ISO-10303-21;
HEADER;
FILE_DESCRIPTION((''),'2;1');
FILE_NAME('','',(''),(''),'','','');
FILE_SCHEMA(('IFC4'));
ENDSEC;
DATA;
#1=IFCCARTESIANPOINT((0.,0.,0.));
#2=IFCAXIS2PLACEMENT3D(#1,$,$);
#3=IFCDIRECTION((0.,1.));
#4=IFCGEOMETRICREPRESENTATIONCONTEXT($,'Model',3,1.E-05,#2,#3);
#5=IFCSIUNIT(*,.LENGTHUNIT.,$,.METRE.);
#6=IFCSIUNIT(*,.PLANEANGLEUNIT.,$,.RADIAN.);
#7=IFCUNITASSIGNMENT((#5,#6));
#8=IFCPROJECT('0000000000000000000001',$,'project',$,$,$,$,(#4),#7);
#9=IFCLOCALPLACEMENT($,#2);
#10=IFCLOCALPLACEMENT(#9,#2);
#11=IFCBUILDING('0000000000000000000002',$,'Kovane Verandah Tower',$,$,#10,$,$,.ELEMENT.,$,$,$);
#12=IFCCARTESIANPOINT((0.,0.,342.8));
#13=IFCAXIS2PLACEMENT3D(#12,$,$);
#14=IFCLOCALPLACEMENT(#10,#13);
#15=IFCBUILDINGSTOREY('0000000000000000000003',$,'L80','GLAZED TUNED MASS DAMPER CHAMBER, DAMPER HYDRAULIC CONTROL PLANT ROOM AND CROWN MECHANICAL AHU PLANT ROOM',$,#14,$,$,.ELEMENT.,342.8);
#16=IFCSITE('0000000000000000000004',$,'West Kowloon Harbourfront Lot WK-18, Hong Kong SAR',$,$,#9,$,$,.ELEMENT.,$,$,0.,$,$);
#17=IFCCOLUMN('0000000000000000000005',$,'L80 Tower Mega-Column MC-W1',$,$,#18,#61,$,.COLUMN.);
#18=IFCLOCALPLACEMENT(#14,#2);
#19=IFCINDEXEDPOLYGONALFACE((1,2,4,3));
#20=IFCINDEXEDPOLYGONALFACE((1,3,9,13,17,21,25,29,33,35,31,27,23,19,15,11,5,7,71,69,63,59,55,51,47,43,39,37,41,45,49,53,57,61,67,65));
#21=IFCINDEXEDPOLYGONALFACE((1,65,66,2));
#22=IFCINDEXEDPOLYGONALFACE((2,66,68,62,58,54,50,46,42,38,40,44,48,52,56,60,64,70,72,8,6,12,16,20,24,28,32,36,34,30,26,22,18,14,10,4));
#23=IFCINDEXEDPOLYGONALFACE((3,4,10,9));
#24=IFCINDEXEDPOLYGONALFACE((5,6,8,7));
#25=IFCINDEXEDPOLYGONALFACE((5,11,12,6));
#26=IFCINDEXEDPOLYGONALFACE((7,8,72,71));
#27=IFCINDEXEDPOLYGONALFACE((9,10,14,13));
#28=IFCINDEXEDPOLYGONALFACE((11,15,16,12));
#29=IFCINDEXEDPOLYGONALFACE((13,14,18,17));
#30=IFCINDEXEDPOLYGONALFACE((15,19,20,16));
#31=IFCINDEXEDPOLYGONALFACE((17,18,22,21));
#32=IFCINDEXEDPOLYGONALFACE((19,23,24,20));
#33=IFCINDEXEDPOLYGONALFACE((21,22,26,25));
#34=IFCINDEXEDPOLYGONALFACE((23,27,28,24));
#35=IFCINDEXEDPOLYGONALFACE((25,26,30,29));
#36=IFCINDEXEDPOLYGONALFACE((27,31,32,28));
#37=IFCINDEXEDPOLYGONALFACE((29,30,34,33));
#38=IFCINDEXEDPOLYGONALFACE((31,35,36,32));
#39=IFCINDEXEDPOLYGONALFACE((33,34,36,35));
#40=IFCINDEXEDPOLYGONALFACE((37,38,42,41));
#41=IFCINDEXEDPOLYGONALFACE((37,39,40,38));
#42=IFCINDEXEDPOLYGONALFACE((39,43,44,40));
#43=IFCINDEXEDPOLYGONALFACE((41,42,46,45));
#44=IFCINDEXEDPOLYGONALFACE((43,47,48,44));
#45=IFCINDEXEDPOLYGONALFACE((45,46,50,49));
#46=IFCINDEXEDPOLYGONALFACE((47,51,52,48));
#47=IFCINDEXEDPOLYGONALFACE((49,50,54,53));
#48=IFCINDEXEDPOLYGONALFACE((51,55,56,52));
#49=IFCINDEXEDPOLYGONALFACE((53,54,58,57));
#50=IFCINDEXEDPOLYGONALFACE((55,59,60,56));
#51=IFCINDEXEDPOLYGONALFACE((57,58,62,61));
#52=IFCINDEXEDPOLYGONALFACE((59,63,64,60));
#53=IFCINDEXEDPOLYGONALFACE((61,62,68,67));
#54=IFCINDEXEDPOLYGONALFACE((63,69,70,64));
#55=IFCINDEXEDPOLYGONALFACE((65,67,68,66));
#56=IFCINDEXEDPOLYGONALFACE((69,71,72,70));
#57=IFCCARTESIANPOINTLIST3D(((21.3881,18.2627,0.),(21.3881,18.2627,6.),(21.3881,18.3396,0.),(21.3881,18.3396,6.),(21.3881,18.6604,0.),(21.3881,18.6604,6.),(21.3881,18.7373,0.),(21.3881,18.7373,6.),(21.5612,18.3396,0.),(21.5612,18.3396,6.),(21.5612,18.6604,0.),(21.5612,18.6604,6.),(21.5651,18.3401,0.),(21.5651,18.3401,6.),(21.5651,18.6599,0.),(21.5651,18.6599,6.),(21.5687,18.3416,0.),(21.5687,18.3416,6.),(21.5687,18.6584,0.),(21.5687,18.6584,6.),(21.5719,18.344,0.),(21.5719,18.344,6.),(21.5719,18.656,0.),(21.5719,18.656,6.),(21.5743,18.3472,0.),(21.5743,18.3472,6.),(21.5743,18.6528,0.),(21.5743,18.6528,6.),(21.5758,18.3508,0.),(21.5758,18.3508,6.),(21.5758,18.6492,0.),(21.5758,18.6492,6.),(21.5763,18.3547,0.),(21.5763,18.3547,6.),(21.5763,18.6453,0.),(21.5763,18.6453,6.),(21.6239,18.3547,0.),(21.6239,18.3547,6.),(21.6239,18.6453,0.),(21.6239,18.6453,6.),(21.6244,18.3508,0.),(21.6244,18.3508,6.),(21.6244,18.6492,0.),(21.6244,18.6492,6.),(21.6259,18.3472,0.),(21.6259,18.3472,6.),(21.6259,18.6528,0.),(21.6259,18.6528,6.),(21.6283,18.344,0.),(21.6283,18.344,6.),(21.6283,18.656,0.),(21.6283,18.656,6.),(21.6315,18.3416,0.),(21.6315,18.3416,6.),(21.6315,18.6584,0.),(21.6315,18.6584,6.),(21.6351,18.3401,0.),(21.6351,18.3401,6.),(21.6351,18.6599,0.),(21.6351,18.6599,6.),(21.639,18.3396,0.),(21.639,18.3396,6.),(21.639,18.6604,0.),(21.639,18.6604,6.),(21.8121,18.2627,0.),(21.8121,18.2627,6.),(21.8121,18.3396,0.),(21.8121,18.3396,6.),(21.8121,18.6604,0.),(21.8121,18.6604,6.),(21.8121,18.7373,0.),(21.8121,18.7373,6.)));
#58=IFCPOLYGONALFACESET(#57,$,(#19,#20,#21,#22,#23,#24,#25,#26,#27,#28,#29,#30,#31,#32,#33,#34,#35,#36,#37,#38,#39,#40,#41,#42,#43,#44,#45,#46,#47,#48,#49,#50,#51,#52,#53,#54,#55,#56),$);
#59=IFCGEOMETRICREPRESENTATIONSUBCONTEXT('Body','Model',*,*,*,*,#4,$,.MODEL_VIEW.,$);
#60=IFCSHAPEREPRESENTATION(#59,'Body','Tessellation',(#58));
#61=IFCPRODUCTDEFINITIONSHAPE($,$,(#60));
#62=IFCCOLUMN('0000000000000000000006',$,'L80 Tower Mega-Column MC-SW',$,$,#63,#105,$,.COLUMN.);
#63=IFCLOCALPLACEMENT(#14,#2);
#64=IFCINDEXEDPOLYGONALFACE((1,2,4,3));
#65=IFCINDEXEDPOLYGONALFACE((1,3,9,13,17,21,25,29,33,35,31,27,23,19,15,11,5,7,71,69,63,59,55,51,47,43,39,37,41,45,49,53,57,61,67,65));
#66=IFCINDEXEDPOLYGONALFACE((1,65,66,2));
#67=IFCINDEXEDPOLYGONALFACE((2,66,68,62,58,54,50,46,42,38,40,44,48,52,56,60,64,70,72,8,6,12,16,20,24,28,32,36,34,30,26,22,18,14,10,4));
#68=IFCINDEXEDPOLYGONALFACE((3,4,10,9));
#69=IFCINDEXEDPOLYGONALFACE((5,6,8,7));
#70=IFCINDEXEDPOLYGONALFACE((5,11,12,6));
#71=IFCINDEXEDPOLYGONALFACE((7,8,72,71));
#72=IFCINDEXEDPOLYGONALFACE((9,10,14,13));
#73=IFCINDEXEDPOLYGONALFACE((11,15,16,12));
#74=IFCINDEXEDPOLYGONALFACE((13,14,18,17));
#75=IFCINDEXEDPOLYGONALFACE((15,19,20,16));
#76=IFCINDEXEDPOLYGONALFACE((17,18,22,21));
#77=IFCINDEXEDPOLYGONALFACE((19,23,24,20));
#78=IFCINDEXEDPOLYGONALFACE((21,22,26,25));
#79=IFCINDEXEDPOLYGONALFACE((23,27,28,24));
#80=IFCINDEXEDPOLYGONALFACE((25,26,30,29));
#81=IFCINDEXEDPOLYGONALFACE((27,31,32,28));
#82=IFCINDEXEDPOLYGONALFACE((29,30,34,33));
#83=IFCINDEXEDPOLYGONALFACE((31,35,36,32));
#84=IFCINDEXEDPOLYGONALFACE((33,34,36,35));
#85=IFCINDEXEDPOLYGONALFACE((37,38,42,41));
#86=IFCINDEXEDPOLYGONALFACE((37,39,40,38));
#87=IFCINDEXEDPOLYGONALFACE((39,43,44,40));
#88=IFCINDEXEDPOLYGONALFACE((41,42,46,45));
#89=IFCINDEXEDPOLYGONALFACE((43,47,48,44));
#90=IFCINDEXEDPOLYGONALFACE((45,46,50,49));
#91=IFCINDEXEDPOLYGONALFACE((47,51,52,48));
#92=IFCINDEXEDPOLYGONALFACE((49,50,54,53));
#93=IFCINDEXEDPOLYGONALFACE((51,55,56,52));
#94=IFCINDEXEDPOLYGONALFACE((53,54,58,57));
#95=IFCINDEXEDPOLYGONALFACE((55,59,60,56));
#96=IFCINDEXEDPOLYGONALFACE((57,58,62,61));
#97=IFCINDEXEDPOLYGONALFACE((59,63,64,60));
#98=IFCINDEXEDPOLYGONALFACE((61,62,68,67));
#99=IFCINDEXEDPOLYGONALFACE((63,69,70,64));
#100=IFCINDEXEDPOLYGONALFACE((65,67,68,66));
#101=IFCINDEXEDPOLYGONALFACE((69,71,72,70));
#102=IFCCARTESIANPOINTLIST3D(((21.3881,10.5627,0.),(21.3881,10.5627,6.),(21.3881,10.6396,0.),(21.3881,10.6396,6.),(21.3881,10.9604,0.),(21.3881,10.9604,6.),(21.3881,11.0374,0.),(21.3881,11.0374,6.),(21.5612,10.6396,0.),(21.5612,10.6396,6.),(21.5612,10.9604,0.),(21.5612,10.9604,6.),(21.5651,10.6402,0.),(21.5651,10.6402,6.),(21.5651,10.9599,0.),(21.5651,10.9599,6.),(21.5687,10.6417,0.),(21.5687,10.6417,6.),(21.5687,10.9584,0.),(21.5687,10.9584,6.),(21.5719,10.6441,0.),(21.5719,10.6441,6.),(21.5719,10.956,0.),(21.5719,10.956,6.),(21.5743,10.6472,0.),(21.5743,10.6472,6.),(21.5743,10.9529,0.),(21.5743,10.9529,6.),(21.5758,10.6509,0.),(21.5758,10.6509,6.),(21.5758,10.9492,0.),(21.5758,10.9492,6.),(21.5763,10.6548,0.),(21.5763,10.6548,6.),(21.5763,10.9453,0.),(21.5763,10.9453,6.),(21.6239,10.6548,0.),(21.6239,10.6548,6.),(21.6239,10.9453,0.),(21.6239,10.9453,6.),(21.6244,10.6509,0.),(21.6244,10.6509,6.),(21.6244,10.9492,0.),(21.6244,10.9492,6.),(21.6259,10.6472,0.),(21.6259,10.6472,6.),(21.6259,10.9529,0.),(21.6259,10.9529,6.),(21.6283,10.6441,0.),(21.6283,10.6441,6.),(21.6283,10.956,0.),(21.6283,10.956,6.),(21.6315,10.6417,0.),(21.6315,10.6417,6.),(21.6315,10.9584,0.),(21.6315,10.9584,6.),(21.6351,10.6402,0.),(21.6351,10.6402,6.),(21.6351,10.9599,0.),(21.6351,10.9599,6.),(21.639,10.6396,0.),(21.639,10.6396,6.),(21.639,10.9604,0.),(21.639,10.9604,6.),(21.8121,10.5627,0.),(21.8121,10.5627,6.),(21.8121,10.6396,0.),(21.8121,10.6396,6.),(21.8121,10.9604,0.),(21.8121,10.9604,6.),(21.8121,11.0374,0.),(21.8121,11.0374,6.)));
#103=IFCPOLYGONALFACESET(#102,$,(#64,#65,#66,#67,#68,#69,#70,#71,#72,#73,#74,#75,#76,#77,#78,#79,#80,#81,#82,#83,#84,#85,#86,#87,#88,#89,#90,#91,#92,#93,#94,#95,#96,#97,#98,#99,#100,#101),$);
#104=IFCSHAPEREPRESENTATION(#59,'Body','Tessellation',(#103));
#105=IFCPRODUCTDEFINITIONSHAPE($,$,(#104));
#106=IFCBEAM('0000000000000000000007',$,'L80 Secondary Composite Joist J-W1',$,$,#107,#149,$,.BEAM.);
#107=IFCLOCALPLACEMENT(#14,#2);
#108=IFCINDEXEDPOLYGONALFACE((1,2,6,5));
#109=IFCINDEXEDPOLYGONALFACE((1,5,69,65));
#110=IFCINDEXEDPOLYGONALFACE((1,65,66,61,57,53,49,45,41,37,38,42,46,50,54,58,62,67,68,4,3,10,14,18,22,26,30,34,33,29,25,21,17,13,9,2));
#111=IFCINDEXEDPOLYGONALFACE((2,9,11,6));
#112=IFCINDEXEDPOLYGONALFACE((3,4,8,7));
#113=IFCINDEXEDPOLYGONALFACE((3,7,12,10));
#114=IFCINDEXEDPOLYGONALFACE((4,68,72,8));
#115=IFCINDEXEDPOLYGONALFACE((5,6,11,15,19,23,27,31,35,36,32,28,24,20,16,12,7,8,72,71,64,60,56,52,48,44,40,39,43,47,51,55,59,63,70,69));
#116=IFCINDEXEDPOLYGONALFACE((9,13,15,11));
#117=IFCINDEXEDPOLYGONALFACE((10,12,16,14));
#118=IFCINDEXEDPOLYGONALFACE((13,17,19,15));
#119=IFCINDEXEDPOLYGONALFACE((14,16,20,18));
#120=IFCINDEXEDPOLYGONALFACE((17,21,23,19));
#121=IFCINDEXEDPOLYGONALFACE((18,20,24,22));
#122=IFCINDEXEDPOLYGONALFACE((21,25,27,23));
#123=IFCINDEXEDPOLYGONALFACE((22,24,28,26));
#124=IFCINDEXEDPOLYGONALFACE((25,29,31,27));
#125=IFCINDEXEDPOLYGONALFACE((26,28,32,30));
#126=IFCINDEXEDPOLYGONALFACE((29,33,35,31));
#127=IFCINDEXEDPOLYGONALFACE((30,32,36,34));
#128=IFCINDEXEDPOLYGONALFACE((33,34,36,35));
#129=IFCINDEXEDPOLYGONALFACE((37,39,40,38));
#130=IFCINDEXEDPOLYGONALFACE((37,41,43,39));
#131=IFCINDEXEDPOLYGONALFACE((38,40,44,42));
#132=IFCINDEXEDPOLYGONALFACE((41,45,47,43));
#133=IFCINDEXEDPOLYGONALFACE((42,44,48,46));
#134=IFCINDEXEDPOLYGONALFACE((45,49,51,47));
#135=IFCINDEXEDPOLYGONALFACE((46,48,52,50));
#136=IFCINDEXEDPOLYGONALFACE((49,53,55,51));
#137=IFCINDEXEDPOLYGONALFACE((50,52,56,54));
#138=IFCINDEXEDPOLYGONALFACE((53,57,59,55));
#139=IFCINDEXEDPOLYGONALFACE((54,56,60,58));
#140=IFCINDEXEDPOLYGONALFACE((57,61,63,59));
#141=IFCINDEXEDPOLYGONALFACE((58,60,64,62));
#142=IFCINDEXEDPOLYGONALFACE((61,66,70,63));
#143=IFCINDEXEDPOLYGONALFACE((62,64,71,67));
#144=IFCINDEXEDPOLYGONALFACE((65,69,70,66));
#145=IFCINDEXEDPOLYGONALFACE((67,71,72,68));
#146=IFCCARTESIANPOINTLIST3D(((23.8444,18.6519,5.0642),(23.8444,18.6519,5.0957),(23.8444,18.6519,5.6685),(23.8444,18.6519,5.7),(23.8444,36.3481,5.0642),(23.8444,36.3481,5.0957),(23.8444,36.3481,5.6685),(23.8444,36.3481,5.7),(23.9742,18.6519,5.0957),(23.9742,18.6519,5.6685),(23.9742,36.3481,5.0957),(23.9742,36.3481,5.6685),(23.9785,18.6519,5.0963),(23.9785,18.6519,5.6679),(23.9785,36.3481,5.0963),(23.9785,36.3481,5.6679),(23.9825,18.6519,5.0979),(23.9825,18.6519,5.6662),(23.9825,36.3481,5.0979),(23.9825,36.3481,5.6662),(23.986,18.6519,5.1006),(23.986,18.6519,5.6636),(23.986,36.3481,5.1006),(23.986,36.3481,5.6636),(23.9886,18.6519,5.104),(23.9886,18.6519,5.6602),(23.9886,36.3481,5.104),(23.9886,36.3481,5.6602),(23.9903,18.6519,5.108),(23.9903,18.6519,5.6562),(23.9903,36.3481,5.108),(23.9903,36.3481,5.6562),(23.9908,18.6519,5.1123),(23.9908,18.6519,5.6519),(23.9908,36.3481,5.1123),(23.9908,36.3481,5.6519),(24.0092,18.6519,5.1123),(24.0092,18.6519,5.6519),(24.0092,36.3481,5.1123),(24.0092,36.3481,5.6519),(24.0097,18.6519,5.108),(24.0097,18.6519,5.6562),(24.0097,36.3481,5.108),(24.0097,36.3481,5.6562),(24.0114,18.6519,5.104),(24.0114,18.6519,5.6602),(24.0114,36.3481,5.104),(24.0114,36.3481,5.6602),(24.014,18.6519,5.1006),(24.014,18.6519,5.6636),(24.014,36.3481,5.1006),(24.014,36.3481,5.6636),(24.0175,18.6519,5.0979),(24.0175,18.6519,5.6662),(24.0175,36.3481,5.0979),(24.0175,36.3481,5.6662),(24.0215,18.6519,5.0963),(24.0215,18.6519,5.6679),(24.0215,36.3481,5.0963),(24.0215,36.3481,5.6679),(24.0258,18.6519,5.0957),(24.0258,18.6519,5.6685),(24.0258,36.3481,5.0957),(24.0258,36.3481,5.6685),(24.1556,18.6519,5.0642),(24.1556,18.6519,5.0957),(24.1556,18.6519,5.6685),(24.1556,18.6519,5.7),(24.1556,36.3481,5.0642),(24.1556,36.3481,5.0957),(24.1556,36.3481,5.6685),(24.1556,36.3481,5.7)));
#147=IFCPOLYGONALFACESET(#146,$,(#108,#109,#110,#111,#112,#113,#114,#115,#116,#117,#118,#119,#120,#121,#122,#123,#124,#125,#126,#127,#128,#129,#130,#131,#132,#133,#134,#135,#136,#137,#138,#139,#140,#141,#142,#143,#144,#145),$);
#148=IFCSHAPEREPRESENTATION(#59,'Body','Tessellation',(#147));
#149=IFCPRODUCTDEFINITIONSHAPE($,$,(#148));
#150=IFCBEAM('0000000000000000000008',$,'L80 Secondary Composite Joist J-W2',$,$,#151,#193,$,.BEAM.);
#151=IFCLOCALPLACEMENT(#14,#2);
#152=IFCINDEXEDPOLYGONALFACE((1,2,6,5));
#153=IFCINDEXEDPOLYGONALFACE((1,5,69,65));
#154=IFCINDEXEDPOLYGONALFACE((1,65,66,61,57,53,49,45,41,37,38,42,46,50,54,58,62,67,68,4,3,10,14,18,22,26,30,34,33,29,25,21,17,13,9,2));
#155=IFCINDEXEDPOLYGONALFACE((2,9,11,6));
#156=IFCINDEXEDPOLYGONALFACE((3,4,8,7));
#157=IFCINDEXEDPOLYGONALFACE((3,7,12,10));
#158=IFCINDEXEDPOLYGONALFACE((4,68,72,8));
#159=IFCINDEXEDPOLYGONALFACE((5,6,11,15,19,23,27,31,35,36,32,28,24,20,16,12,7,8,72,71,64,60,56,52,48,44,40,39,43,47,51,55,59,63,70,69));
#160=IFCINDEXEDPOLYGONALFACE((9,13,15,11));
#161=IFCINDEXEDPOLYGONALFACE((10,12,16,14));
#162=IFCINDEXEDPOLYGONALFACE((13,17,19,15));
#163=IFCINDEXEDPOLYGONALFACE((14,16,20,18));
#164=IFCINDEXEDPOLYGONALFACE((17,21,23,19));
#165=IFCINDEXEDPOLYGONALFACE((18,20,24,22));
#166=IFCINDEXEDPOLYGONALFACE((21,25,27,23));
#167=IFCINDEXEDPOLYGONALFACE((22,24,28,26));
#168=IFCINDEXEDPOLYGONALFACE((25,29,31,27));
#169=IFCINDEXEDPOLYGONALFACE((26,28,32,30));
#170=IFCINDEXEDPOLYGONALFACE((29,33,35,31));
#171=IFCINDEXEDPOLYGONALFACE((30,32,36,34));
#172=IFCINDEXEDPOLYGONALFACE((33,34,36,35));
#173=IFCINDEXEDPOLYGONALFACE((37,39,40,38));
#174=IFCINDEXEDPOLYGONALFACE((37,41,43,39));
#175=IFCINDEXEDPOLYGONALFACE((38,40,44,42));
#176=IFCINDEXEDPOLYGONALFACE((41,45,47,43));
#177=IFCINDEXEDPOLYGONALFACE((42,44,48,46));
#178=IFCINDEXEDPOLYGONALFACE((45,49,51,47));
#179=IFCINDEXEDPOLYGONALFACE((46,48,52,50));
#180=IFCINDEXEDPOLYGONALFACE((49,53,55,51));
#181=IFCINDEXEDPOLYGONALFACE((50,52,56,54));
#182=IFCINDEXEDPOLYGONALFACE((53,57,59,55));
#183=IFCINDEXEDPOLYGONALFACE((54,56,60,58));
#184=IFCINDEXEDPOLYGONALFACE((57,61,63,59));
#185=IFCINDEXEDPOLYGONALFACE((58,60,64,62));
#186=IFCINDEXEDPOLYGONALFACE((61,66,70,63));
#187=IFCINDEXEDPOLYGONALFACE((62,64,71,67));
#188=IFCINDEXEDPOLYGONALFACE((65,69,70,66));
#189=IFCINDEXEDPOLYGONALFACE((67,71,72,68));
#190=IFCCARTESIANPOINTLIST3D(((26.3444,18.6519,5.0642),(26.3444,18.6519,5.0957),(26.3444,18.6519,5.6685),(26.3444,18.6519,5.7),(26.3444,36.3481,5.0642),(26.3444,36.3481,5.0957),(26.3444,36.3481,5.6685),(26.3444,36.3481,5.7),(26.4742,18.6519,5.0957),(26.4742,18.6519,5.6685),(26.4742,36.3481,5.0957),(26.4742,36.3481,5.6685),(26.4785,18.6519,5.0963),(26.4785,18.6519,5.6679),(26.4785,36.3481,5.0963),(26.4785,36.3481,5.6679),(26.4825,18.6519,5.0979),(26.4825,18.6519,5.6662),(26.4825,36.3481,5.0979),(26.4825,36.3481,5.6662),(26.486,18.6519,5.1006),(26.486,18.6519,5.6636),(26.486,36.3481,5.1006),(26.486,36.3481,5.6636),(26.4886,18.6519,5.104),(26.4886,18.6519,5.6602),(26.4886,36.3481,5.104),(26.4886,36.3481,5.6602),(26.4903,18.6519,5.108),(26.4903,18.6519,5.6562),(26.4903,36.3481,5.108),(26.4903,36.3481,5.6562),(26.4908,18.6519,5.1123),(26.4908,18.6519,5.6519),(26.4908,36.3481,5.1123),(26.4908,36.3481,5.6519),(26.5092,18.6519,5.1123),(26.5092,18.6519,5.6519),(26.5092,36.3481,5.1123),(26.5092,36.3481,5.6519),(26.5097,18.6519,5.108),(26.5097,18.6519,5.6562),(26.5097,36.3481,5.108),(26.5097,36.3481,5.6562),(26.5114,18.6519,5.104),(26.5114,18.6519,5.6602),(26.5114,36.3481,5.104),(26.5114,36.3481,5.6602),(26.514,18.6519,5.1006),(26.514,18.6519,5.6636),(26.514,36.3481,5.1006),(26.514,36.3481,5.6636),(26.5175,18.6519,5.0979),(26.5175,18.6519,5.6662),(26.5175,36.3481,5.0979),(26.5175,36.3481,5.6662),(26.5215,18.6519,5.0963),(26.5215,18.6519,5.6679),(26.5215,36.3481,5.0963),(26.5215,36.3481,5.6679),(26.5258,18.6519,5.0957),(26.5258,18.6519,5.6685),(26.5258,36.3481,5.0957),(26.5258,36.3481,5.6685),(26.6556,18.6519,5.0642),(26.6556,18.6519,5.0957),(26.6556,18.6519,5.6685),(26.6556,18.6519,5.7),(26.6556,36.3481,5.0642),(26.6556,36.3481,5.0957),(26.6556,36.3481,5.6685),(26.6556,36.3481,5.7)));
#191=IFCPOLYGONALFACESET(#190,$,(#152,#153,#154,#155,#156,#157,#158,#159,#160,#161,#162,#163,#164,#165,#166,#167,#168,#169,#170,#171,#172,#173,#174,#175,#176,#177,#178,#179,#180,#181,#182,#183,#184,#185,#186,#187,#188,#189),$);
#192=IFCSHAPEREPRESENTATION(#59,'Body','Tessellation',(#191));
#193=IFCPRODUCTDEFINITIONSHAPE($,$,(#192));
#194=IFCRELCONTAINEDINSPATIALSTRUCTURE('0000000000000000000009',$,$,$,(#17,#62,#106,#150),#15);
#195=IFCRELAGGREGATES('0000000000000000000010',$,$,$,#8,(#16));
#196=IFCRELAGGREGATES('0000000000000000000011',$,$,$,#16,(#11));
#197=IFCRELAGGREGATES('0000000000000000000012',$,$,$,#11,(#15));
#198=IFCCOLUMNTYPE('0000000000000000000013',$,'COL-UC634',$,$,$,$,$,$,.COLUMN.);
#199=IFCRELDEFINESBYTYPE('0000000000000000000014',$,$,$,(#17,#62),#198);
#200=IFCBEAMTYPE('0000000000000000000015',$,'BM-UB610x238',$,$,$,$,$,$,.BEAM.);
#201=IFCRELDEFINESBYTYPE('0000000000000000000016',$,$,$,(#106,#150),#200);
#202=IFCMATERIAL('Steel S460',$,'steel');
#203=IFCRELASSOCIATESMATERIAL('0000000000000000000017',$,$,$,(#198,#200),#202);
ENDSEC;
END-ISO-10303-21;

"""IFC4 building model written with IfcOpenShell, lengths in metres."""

from ifc_helpers import new_model, si_unit, direction, frame, origin, origin_2d, place, context, subcontext, project, spatial, i_section, extrude, material, material_profile, profile_set, type_object, element, save


model = new_model("IFC4")

# Units and contexts
model_context = context("Model", 3, precision=1e-05, world=origin(), true_north=direction((0.0, 1.0)))
body_context = subcontext(model_context, "Body", "Model", "MODEL_VIEW")
ifc_project = project(units=[si_unit("LENGTHUNIT", "METRE"), si_unit("PLANEANGLEUNIT", "RADIAN")], contexts=[model_context])

# Site, building, storey
site_placement = place(None, origin())
site = spatial("IfcSite", under=ifc_project, at=site_placement, Name="West Kowloon Harbourfront Lot WK-18, Hong Kong SAR", CompositionType="ELEMENT", RefElevation=0.0)
building_placement = place(site_placement, origin())
building = spatial("IfcBuilding", under=site, at=building_placement, Name="Kovane Verandah Tower", CompositionType="ELEMENT")
storey_placement = place(building_placement, frame((0.0, 0.0, 342.8)))
storey = spatial("IfcBuildingStorey", under=building, at=storey_placement, Name="L80", Description="GLAZED TUNED MASS DAMPER CHAMBER, DAMPER HYDRAULIC CONTROL PLANT ROOM AND CROWN MECHANICAL AHU PLANT ROOM", CompositionType="ELEMENT", Elevation=342.8)

# Columns
ifc_material_1 = material(Name="Steel S460", Category="steel")
ifc_material_profile_1 = material_profile(ifc_material_1, i_section(OverallWidth=0.4241, OverallDepth=0.4746, WebThickness=0.0476, FlangeThickness=0.0769, FilletRadius=0.0151, at=origin_2d()), Name="UC356x406x634")
ifc_profile_set_1 = profile_set([ifc_material_profile_1], Name="Steel S460")
column_type = type_object("IfcColumnType", Name="COL-UC634", PredefinedType="COLUMN", material=ifc_profile_set_1)
for number, where, z_axis, x_axis, name in (
    (1, (21.6001, 18.5, 0.0), (0.0, 0.0, 1.0), (1.0, 0.0, 0.0), "L80 Tower Mega-Column MC-W1"),
    (2, (21.6001, 10.8, 0.0), (0.0, 0.0, 1.0), (1.0, 0.0, 0.0), "L80 Tower Mega-Column MC-SW"),
):
    element("IfcColumn", number, at=place(storey_placement, frame(where, z_axis=z_axis, x_axis=x_axis)), inside=storey, type_object=column_type, Name=name, PredefinedType="COLUMN", context=body_context, shape_type="SweptSolid", body=[
        extrude(i_section(OverallWidth=0.4241, OverallDepth=0.4746, WebThickness=0.0476, FlangeThickness=0.0769, FilletRadius=0.0151, at=origin_2d()), origin(), (0.0, 0.0, 1.0), 6.0),
    ])

# Beams
ifc_material_profile_2 = material_profile(ifc_material_1, i_section(OverallWidth=0.3113, OverallDepth=0.6357, WebThickness=0.0183, FlangeThickness=0.0315, FilletRadius=0.0166, at=origin_2d()), Name="UB610x305x238")
ifc_profile_set_2 = profile_set([ifc_material_profile_2], Name="Steel S460")
beam_type_1 = type_object("IfcBeamType", Name="BM-UB610x238", PredefinedType="BEAM", material=ifc_profile_set_2)
for number, where, z_axis, x_axis, name in (
    (3, (24.0, 18.6519, 5.3821), (0.0, 1.0, 0.0), (-1.0, 0.0, 0.0), "L80 Secondary Composite Joist J-W1"),
    (4, (26.5, 18.6519, 5.3821), (0.0, 1.0, 0.0), (-1.0, 0.0, 0.0), "L80 Secondary Composite Joist J-W2"),
):
    element("IfcBeam", number, at=place(storey_placement, frame(where, z_axis=z_axis, x_axis=x_axis)), inside=storey, type_object=beam_type_1, Name=name, PredefinedType="BEAM", context=body_context, shape_type="SweptSolid", body=[
        extrude(i_section(OverallWidth=0.3113, OverallDepth=0.6357, WebThickness=0.0183, FlangeThickness=0.0315, FilletRadius=0.0166, at=origin_2d()), origin(), (0.0, 0.0, 1.0), 17.6963),
    ])

save(model, "model.ifc")
